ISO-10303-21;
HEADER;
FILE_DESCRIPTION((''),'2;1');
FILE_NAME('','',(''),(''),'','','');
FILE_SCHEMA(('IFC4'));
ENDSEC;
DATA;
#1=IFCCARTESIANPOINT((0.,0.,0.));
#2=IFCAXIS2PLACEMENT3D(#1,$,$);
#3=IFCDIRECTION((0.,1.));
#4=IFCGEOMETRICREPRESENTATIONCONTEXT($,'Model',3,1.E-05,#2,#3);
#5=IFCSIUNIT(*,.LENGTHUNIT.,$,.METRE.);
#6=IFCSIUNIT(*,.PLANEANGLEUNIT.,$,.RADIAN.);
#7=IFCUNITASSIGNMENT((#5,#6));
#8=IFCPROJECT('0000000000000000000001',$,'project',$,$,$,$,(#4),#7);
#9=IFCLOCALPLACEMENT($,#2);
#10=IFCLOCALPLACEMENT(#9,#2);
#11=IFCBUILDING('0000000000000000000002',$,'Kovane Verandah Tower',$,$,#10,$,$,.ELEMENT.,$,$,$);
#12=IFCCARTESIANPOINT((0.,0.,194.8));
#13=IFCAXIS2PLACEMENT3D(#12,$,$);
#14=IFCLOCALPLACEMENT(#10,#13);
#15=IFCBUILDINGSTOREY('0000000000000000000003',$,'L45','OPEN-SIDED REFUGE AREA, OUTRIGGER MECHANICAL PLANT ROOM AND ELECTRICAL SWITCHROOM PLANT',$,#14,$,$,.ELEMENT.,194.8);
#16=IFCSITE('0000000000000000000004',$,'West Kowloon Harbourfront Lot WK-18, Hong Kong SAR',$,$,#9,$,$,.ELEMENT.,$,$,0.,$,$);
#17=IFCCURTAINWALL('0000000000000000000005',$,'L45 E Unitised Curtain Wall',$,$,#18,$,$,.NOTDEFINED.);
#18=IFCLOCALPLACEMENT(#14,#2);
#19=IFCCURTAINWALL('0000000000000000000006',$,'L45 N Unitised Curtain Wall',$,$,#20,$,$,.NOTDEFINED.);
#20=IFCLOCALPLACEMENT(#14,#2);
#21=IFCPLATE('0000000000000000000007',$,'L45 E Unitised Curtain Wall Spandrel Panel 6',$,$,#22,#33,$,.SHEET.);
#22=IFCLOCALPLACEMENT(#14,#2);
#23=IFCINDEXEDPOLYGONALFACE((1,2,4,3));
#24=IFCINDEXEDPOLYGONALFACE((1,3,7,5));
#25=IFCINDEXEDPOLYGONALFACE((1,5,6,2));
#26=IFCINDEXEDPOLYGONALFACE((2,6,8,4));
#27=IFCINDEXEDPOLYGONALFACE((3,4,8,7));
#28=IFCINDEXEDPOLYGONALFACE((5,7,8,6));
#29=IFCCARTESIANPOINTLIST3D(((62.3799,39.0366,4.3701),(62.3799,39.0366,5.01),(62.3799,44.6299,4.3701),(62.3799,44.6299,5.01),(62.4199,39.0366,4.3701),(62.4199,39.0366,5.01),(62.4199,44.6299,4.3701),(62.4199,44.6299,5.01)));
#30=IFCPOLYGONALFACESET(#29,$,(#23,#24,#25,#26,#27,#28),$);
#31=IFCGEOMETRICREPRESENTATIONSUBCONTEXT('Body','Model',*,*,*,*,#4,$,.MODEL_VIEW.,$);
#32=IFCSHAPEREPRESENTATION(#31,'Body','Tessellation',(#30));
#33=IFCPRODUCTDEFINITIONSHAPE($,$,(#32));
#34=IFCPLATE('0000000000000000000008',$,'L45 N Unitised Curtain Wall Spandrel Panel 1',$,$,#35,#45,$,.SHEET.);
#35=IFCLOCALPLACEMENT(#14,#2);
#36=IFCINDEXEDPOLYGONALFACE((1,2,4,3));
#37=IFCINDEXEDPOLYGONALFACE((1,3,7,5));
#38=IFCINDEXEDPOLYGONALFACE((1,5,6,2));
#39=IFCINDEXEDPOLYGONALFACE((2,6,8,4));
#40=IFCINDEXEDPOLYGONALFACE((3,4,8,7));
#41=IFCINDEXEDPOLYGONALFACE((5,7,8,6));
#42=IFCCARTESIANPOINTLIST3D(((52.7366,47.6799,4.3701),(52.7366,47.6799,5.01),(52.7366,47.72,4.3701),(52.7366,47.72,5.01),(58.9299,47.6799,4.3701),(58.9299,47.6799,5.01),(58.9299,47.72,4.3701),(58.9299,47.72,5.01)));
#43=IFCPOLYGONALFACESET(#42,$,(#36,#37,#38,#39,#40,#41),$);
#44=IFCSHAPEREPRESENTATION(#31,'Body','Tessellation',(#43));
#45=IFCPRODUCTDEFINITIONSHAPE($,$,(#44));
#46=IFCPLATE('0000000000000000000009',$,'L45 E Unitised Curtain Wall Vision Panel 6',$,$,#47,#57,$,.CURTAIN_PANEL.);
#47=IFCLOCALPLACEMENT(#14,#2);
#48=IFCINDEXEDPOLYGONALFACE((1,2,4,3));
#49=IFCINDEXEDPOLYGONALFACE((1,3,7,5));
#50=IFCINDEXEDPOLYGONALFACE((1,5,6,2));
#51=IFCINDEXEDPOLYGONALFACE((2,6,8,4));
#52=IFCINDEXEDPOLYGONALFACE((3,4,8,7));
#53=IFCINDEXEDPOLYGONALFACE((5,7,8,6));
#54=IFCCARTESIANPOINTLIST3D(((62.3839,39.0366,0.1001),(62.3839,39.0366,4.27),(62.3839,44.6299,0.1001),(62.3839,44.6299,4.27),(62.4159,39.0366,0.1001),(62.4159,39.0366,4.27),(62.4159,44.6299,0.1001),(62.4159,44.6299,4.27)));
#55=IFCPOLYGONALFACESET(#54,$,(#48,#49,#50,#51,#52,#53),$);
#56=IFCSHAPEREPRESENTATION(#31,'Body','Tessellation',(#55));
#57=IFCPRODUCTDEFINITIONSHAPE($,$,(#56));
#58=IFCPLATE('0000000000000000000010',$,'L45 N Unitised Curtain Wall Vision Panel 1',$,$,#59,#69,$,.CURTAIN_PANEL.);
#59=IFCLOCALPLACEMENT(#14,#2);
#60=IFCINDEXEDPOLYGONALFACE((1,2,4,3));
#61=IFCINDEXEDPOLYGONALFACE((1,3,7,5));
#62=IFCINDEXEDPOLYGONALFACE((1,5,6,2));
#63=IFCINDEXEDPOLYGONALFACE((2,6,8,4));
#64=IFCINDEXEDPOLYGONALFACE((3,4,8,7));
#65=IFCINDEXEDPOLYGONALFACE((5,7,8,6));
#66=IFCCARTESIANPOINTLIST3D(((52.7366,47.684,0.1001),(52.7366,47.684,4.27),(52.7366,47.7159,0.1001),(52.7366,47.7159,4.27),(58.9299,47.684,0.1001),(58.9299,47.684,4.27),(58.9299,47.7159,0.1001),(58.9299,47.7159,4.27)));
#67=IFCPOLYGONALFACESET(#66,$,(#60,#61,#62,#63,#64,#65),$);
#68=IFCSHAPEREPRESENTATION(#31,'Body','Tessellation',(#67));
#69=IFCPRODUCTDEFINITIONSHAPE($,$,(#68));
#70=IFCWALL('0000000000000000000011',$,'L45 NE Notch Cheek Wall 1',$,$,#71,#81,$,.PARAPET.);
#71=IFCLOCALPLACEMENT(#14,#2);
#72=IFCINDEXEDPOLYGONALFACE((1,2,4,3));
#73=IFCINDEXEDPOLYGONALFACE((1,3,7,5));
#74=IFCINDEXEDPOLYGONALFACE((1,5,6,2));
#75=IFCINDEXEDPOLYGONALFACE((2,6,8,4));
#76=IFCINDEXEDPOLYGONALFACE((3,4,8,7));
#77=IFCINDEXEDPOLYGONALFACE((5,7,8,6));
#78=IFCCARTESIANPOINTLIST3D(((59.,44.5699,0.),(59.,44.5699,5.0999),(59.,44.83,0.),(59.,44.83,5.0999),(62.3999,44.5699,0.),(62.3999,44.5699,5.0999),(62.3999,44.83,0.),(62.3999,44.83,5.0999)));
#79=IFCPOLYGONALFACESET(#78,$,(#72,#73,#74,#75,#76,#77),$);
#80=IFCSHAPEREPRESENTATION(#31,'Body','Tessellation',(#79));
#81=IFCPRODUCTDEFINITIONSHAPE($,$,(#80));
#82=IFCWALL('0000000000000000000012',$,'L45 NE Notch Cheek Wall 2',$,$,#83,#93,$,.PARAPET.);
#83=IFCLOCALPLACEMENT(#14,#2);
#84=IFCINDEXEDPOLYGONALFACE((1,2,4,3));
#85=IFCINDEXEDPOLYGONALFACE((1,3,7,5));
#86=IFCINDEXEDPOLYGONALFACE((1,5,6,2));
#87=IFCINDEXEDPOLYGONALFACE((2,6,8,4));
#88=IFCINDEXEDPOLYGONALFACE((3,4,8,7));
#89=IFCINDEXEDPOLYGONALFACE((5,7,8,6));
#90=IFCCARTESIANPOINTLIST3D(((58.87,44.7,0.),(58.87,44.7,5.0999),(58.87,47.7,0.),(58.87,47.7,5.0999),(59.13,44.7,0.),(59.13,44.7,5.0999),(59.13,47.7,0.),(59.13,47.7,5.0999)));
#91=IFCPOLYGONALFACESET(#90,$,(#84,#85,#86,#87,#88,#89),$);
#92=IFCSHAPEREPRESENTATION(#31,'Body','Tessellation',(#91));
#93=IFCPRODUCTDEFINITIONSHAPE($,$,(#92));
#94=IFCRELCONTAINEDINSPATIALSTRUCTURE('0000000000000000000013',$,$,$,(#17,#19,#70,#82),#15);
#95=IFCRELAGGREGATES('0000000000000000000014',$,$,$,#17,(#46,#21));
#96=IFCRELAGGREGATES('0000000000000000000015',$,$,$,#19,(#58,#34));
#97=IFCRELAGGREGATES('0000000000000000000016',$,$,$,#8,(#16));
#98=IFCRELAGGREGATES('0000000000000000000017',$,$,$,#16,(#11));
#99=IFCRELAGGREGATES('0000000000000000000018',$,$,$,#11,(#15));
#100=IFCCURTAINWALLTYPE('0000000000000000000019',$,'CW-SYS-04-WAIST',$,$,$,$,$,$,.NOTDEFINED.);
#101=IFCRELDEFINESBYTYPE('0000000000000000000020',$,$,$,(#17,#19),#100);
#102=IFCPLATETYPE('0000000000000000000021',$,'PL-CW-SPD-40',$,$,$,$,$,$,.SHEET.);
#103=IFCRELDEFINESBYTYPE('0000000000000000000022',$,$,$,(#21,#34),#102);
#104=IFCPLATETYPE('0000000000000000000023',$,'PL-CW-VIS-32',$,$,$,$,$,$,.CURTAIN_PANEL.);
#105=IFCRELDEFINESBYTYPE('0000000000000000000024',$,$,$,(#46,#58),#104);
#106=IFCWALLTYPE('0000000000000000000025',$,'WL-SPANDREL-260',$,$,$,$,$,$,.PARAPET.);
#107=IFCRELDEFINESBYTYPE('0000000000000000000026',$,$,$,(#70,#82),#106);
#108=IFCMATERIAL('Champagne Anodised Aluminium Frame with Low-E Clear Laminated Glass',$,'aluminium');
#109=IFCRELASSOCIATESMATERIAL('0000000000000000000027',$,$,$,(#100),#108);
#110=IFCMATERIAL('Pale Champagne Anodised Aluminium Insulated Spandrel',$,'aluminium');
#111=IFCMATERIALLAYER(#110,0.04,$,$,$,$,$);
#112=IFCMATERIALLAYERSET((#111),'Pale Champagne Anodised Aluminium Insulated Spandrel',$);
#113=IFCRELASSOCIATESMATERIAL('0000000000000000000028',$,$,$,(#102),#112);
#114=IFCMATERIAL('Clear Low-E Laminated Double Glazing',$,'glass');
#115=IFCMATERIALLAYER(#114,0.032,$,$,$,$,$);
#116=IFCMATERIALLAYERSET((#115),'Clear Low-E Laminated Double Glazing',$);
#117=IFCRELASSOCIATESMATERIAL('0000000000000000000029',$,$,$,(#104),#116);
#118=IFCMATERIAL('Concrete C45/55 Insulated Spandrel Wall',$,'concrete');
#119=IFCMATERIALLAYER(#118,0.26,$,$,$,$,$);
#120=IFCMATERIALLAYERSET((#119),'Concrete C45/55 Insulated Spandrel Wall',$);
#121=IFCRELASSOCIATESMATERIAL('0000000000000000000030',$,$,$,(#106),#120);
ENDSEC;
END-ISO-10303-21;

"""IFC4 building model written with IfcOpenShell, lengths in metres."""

from ifc_helpers import new_model, si_unit, direction, frame, frame_2d, origin, origin_2d, place, context, subcontext, project, spatial, rectangle, extrude, material, layer, layer_set, type_object, element, aggregate, save


model = new_model("IFC4")

# Units and contexts
model_context = context("Model", 3, precision=1e-05, world=origin(), true_north=direction((0.0, 1.0)))
body_context = subcontext(model_context, "Body", "Model", "MODEL_VIEW")
ifc_project = project(units=[si_unit("LENGTHUNIT", "METRE"), si_unit("PLANEANGLEUNIT", "RADIAN")], contexts=[model_context])

# Site, building, storey
site_placement = place(None, origin())
site = spatial("IfcSite", under=ifc_project, at=site_placement, Name="West Kowloon Harbourfront Lot WK-18, Hong Kong SAR", CompositionType="ELEMENT", RefElevation=0.0)
building_placement = place(site_placement, origin())
building = spatial("IfcBuilding", under=site, at=building_placement, Name="Kovane Verandah Tower", CompositionType="ELEMENT")
storey_placement = place(building_placement, frame((0.0, 0.0, 194.8)))
storey = spatial("IfcBuildingStorey", under=building, at=storey_placement, Name="L45", Description="OPEN-SIDED REFUGE AREA, OUTRIGGER MECHANICAL PLANT ROOM AND ELECTRICAL SWITCHROOM PLANT", CompositionType="ELEMENT", Elevation=194.8)

# Curtain wall
ifc_material_1 = material(Name="Champagne Anodised Aluminium Frame with Low-E Clear Laminated Glass", Category="aluminium")
curtain_wall_type = type_object("IfcCurtainWallType", Name="CW-SYS-04-WAIST", PredefinedType="NOTDEFINED", material=ifc_material_1)
curtain_wall_1_placement = place(storey_placement, origin())
curtain_wall_1 = element("IfcCurtainWall", 1, at=curtain_wall_1_placement, inside=storey, type_object=curtain_wall_type, Name="L45 E Unitised Curtain Wall", PredefinedType="NOTDEFINED")

# Curtain wall
curtain_wall_2_placement = place(storey_placement, origin())
curtain_wall_2 = element("IfcCurtainWall", 2, at=curtain_wall_2_placement, inside=storey, type_object=curtain_wall_type, Name="L45 N Unitised Curtain Wall", PredefinedType="NOTDEFINED")

# Plates
ifc_material_2 = material(Name="Pale Champagne Anodised Aluminium Insulated Spandrel", Category="aluminium")
ifc_layer_1 = layer(ifc_material_2, 0.04)
ifc_layer_set_1 = layer_set([ifc_layer_1], Name="Pale Champagne Anodised Aluminium Insulated Spandrel")
plate_type_1 = type_object("IfcPlateType", Name="PL-CW-SPD-40", PredefinedType="SHEET", material=ifc_layer_set_1)
plate_1_placement = place(storey_placement, frame((62.3999, 41.8333, 4.3701), z_axis=(0.0, 0.0, 1.0), x_axis=(0.0, 1.0, 0.0)))
plate_1 = element("IfcPlate", 3, at=plate_1_placement, type_object=plate_type_1, Name="L45 E Unitised Curtain Wall Spandrel Panel 6", PredefinedType="SHEET", context=body_context, shape_type="SweptSolid", body=[
    extrude(rectangle(XDim=5.5933, YDim=0.04, at=origin_2d()), origin(), (0.0, 0.0, 1.0), 0.6399),
])
plate_2_placement = place(storey_placement, frame((55.8333, 47.7, 4.3701), z_axis=(0.0, 0.0, 1.0), x_axis=(-1.0, 0.0, 0.0)))
plate_2 = element("IfcPlate", 4, at=plate_2_placement, type_object=plate_type_1, Name="L45 N Unitised Curtain Wall Spandrel Panel 1", PredefinedType="SHEET", context=body_context, shape_type="SweptSolid", body=[
    extrude(rectangle(XDim=6.1934, YDim=0.04, at=origin_2d()), origin(), (0.0, 0.0, 1.0), 0.6399),
])
ifc_material_3 = material(Name="Clear Low-E Laminated Double Glazing", Category="glass")
ifc_layer_2 = layer(ifc_material_3, 0.032)
ifc_layer_set_2 = layer_set([ifc_layer_2], Name="Clear Low-E Laminated Double Glazing")
plate_type_2 = type_object("IfcPlateType", Name="PL-CW-VIS-32", PredefinedType="CURTAIN_PANEL", material=ifc_layer_set_2)
plate_3_placement = place(storey_placement, frame((62.3999, 41.8333, 0.1001), z_axis=(0.0, 0.0, 1.0), x_axis=(0.0, 1.0, 0.0)))
plate_3 = element("IfcPlate", 5, at=plate_3_placement, type_object=plate_type_2, Name="L45 E Unitised Curtain Wall Vision Panel 6", PredefinedType="CURTAIN_PANEL", context=body_context, shape_type="SweptSolid", body=[
    extrude(rectangle(XDim=5.5933, YDim=0.032, at=origin_2d()), origin(), (0.0, 0.0, 1.0), 4.1699),
])
aggregate(curtain_wall_1, [plate_3, plate_1])
plate_4_placement = place(storey_placement, frame((55.8333, 47.7, 0.1001), z_axis=(0.0, 0.0, 1.0), x_axis=(-1.0, 0.0, 0.0)))
plate_4 = element("IfcPlate", 6, at=plate_4_placement, type_object=plate_type_2, Name="L45 N Unitised Curtain Wall Vision Panel 1", PredefinedType="CURTAIN_PANEL", context=body_context, shape_type="SweptSolid", body=[
    extrude(rectangle(XDim=6.1934, YDim=0.032, at=origin_2d()), origin(), (0.0, 0.0, 1.0), 4.1699),
])
aggregate(curtain_wall_2, [plate_4, plate_2])

# Walls
ifc_material_4 = material(Name="Concrete C45/55 Insulated Spandrel Wall", Category="concrete")
ifc_layer_3 = layer(ifc_material_4, 0.26)
ifc_layer_set_3 = layer_set([ifc_layer_3], Name="Concrete C45/55 Insulated Spandrel Wall")
wall_type = type_object("IfcWallType", Name="WL-SPANDREL-260", PredefinedType="PARAPET", material=ifc_layer_set_3)
wall_1_placement = place(storey_placement, frame((62.3999, 44.7, 0.0), z_axis=(0.0, 0.0, 1.0), x_axis=(-1.0, 0.0, 0.0)))
element("IfcWall", 7, at=wall_1_placement, inside=storey, type_object=wall_type, Name="L45 NE Notch Cheek Wall 1", PredefinedType="PARAPET", context=body_context, shape_type="SweptSolid", body=[
    extrude(rectangle(XDim=3.3999, YDim=0.26, at=frame_2d((1.7, 0.0))), origin(), (0.0, 0.0, 1.0), 5.0999),
])
wall_2_placement = place(storey_placement, frame((59.0, 44.7, 0.0), z_axis=(0.0, 0.0, 1.0), x_axis=(0.0, 1.0, 0.0)))
element("IfcWall", 8, at=wall_2_placement, inside=storey, type_object=wall_type, Name="L45 NE Notch Cheek Wall 2", PredefinedType="PARAPET", context=body_context, shape_type="SweptSolid", body=[
    extrude(rectangle(XDim=3.0, YDim=0.26, at=frame_2d((1.5, 0.0))), origin(), (0.0, 0.0, 1.0), 5.0999),
])

save(model, "model.ifc")
